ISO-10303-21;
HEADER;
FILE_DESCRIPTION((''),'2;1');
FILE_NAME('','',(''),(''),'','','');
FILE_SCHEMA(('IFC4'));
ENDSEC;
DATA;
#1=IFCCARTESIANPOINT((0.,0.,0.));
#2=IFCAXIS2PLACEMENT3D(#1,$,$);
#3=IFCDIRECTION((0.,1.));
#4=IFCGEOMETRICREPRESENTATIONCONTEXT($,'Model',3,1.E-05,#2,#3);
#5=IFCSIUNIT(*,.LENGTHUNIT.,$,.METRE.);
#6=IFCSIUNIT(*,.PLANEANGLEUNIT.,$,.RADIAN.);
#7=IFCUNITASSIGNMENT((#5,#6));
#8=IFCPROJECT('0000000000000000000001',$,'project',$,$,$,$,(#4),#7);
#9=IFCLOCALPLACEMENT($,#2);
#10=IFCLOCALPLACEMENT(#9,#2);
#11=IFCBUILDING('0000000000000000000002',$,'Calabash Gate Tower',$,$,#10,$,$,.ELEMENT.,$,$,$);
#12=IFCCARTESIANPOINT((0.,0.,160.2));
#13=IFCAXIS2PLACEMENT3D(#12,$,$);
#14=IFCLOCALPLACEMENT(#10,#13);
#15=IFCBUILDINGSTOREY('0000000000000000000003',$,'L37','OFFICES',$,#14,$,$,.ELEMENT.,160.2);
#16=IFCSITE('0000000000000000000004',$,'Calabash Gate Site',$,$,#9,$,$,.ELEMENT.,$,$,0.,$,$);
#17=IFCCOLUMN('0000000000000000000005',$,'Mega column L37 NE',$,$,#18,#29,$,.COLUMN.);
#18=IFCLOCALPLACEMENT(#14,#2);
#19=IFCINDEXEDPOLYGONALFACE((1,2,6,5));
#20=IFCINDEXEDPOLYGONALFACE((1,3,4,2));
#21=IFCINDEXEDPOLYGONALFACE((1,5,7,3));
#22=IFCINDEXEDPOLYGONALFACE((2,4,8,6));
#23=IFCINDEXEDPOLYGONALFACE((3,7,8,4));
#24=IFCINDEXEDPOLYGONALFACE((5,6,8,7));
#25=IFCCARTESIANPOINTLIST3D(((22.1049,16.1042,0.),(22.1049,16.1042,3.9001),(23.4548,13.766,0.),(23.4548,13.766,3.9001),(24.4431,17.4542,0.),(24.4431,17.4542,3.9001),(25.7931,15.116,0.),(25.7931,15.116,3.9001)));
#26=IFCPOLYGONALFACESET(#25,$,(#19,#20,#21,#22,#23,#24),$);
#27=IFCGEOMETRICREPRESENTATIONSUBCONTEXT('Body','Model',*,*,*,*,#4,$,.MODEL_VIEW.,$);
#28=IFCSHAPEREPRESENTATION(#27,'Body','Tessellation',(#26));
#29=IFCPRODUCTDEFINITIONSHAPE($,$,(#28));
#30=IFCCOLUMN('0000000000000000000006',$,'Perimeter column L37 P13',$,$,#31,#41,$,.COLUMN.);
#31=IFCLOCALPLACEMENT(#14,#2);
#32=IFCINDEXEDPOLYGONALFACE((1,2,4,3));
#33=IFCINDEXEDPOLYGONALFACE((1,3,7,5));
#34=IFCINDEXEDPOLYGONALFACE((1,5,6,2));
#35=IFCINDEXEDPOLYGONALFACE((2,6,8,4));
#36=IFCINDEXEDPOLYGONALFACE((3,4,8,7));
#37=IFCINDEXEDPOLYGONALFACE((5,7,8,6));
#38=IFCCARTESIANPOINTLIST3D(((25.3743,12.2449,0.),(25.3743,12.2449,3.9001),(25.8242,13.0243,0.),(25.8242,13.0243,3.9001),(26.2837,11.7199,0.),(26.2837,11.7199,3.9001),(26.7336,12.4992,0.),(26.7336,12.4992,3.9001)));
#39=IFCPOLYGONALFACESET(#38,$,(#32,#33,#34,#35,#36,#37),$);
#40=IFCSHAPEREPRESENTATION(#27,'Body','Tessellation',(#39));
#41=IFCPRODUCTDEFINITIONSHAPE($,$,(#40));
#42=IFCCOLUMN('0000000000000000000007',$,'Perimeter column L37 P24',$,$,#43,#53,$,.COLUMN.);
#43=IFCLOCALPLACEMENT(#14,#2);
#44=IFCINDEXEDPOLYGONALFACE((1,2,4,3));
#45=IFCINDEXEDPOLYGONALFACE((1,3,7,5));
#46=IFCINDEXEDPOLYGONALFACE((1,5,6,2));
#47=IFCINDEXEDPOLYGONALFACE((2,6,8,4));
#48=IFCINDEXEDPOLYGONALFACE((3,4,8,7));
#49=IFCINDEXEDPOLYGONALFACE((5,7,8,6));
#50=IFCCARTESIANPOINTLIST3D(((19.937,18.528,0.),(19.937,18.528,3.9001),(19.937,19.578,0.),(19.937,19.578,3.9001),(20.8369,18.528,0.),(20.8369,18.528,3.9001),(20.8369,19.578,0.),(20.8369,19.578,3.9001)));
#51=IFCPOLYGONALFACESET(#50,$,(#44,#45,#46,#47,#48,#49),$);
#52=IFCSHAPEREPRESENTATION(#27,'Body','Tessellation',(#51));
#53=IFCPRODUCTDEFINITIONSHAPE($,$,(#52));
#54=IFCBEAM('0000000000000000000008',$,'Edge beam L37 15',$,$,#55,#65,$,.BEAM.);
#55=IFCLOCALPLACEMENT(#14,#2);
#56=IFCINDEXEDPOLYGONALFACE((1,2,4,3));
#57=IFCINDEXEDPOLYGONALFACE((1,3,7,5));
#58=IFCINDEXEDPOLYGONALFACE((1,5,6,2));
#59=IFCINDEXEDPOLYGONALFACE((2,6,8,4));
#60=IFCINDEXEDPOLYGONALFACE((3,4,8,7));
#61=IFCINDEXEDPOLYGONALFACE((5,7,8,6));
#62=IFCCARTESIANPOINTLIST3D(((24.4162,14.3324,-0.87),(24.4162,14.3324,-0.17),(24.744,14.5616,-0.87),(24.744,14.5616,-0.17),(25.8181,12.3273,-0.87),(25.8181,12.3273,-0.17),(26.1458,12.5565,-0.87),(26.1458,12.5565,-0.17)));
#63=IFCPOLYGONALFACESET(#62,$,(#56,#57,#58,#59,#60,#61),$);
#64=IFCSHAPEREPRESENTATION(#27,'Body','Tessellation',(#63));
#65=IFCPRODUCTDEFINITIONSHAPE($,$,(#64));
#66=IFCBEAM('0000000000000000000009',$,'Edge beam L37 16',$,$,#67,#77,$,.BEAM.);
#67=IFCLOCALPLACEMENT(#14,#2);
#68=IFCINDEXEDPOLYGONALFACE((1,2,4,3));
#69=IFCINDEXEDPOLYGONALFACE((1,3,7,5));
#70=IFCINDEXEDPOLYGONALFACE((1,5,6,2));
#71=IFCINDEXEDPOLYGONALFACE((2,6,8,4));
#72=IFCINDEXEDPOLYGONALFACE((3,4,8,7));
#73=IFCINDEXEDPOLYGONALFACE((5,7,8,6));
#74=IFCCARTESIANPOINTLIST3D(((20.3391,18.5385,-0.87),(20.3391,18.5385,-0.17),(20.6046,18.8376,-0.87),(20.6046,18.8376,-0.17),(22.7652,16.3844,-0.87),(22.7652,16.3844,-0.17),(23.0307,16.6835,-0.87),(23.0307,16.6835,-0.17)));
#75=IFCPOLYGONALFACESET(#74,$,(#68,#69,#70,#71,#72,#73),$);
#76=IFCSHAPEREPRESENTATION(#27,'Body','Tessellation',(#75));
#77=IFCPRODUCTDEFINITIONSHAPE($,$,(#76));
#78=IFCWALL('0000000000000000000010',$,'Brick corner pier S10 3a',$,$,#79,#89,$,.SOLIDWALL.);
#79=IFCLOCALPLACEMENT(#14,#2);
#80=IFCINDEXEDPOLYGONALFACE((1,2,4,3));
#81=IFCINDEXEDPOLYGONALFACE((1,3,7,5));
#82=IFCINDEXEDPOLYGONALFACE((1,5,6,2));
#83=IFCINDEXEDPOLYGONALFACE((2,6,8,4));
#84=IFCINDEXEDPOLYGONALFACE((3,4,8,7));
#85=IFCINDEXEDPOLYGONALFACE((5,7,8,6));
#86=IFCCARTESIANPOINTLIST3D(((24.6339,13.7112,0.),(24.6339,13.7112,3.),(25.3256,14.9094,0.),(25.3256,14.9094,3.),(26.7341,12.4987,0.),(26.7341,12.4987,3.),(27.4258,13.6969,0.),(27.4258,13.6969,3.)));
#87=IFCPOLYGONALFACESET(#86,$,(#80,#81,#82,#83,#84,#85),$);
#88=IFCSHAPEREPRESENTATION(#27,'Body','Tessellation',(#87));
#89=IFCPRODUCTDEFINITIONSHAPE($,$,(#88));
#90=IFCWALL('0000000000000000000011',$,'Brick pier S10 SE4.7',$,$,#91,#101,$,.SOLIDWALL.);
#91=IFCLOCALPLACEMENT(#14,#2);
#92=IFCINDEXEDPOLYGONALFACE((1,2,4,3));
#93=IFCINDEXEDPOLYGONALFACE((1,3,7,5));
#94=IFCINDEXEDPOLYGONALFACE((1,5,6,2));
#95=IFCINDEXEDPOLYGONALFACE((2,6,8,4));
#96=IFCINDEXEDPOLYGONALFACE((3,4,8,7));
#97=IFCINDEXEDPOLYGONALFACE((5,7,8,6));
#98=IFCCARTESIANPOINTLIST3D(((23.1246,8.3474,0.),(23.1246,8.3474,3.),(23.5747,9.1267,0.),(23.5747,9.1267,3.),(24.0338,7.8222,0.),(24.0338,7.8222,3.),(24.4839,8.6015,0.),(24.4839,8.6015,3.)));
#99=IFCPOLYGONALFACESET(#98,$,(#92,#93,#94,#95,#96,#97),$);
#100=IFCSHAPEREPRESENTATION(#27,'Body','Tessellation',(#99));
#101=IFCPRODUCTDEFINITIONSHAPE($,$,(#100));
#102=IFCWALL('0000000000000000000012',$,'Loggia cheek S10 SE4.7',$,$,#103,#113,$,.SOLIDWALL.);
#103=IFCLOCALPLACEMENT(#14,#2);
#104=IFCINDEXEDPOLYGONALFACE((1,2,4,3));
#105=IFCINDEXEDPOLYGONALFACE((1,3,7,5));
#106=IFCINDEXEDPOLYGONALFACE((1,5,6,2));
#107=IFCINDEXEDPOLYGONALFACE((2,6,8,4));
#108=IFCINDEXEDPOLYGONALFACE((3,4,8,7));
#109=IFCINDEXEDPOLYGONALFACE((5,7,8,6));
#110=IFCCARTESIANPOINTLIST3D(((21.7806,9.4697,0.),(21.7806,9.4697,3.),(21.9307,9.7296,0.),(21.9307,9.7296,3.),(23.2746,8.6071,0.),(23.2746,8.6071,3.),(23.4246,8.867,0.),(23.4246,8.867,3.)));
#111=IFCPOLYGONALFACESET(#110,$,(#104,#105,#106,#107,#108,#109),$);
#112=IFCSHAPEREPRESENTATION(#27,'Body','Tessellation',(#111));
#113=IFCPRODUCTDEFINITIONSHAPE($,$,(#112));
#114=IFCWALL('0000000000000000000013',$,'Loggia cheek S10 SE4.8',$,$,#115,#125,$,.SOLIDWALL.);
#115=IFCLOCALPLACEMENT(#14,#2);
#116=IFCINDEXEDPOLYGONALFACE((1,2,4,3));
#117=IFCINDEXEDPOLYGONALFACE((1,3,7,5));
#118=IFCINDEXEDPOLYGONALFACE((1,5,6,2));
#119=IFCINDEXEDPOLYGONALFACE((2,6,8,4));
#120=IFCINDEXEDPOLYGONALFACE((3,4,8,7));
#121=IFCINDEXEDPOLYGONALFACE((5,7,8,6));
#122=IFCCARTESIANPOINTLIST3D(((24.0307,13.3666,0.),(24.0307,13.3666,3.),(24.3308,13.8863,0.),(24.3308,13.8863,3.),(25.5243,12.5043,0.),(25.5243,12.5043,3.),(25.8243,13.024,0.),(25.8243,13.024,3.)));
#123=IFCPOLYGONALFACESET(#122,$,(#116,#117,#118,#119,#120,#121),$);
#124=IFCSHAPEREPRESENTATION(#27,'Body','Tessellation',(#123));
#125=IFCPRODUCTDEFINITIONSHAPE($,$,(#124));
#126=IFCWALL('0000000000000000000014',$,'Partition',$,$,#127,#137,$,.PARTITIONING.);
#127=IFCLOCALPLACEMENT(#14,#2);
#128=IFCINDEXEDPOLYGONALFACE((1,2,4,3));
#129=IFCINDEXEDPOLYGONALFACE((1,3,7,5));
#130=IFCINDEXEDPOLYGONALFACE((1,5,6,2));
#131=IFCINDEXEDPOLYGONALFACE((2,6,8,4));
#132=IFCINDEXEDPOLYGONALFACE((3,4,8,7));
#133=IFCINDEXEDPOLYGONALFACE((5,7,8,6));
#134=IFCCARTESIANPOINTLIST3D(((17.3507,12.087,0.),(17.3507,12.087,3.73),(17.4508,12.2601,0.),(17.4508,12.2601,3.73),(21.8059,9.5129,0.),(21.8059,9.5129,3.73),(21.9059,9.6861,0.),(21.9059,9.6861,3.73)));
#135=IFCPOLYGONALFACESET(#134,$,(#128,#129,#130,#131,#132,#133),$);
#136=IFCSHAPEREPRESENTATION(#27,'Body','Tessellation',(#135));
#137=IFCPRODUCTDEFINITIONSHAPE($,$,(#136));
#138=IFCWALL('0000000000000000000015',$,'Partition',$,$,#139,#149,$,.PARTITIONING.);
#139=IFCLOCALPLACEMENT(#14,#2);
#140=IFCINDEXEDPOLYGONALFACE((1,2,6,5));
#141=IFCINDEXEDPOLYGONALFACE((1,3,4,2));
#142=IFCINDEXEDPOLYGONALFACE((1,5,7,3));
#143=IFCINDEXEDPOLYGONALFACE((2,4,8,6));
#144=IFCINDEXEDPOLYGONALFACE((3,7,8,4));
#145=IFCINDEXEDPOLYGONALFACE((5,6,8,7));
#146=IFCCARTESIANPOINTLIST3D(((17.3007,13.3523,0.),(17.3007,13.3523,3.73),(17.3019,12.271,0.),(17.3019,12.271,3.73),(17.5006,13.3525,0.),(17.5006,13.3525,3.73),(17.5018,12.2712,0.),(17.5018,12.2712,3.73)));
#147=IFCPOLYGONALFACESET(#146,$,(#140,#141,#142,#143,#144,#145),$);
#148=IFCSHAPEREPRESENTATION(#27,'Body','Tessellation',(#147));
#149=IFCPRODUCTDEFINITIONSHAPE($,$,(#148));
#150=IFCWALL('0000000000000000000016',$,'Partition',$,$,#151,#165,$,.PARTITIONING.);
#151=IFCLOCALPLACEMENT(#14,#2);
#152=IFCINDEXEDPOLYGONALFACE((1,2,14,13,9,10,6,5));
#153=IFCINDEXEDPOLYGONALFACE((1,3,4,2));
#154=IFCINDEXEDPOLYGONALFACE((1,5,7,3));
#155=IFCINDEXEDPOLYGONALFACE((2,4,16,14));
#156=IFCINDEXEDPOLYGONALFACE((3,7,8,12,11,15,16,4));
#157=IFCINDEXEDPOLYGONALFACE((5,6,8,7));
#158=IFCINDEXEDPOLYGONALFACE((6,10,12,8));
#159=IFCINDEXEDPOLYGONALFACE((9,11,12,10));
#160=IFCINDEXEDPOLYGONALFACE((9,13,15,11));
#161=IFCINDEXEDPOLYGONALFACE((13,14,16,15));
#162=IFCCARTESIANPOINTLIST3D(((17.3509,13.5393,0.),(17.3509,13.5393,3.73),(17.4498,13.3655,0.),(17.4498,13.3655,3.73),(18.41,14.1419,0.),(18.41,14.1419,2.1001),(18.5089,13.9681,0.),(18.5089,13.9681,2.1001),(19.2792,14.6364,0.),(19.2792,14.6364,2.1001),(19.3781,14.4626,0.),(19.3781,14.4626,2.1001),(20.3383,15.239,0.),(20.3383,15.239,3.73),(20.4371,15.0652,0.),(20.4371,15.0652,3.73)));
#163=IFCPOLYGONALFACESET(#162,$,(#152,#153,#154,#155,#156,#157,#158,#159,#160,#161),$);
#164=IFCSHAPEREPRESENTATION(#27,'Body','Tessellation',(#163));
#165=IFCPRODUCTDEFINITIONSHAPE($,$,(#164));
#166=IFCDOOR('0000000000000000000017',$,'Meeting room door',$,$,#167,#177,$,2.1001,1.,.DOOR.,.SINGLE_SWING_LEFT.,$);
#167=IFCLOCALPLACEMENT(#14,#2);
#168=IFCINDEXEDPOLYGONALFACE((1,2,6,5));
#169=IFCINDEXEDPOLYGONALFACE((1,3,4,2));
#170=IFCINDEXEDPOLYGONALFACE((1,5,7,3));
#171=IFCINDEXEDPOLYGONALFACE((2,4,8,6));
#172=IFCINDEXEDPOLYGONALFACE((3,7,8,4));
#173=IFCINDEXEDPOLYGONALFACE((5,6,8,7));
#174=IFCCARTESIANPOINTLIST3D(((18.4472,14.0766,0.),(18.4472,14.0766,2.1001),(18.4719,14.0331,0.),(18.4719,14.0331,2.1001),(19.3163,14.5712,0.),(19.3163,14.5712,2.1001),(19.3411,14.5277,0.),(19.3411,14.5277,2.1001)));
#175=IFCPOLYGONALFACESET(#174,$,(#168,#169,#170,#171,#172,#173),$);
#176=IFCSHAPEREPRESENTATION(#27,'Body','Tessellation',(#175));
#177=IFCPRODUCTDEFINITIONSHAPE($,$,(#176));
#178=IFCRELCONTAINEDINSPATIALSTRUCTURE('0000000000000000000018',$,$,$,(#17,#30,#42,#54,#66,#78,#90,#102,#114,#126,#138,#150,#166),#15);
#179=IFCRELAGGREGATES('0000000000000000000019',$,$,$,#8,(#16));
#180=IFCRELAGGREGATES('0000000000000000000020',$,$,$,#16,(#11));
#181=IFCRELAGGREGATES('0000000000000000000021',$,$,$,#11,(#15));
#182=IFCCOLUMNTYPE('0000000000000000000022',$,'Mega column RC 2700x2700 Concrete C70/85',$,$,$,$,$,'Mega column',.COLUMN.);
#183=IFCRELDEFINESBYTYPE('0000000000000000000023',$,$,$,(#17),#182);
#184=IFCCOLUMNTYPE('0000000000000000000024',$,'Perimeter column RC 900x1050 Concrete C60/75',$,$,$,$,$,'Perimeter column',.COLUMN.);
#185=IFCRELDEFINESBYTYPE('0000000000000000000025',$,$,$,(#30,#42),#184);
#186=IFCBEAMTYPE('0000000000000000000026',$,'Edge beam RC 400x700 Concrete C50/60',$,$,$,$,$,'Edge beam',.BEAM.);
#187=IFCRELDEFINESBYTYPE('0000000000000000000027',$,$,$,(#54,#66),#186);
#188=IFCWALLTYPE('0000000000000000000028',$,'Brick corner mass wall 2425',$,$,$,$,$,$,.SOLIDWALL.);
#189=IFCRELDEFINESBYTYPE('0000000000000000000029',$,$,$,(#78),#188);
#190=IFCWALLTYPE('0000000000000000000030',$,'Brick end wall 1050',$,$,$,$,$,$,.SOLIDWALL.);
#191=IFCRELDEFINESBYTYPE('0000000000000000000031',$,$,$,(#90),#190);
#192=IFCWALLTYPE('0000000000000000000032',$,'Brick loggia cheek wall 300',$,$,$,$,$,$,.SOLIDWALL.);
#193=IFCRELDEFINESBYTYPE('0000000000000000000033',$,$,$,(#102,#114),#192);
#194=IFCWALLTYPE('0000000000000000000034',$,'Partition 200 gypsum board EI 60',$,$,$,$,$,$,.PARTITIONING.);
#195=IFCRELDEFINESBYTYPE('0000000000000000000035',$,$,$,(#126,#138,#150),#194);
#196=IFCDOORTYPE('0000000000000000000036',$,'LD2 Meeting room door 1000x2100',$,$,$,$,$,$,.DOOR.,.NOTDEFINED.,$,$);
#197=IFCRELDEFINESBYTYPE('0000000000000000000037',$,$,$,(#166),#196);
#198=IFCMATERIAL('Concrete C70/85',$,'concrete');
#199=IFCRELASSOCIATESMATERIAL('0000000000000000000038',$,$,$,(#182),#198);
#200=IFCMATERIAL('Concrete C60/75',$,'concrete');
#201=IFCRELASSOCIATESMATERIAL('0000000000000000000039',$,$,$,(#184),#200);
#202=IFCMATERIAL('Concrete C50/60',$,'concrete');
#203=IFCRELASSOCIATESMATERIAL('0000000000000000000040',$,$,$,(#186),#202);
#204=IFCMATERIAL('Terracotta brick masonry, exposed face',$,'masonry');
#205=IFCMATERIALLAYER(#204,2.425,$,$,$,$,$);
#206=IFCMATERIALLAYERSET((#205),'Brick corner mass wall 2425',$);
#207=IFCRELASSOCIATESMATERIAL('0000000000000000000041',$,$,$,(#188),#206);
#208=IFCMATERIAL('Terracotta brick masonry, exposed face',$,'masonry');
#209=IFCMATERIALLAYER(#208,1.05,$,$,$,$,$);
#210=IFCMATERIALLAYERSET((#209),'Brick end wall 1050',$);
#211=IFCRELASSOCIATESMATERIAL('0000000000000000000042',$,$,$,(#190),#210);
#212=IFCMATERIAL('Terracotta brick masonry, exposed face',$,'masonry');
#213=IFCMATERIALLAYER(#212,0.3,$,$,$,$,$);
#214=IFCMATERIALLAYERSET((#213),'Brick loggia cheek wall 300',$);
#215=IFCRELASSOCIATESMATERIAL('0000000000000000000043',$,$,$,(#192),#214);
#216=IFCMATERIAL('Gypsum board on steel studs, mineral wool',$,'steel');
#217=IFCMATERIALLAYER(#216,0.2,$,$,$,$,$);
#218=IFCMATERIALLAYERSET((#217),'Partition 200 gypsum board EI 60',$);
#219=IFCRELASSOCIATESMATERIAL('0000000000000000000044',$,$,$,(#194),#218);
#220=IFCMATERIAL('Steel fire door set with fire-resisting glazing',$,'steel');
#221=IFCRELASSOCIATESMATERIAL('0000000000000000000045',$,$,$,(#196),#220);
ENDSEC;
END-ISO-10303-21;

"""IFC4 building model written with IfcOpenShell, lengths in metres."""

from ifc_helpers import new_model, si_unit, direction, frame, frame_2d, origin, origin_2d, place, context, subcontext, project, spatial, rectangle, extrude, material, layer, layer_set, material_profile, profile_set, type_object, element, fill, save


model = new_model("IFC4")

# Units and contexts
model_context = context("Model", 3, precision=1e-05, world=origin(), true_north=direction((0.0, 1.0)))
body_context = subcontext(model_context, "Body", "Model", "MODEL_VIEW")
ifc_project = project(units=[si_unit("LENGTHUNIT", "METRE"), si_unit("PLANEANGLEUNIT", "RADIAN")], contexts=[model_context])

# Site, building, storey
site_placement = place(None, origin())
site = spatial("IfcSite", under=ifc_project, at=site_placement, Name="Calabash Gate Site", CompositionType="ELEMENT", RefElevation=0.0)
building_placement = place(site_placement, origin())
building = spatial("IfcBuilding", under=site, at=building_placement, Name="Calabash Gate Tower", CompositionType="ELEMENT")
storey_placement = place(building_placement, frame((0.0, 0.0, 160.2)))
storey = spatial("IfcBuildingStorey", under=building, at=storey_placement, Name="L37", Description="OFFICES", CompositionType="ELEMENT", Elevation=160.2)

# Columns
ifc_material_1 = material(Name="Concrete C70/85", Category="concrete")
ifc_material_profile_1 = material_profile(ifc_material_1, rectangle(XDim=2.7, YDim=2.7, at=origin_2d()))
ifc_profile_set_1 = profile_set([ifc_material_profile_1], Name="Concrete C70/85")
column_type_1 = type_object("IfcColumnType", Name="Mega column RC 2700x2700 Concrete C70/85", ElementType="Mega column", PredefinedType="COLUMN", material=ifc_profile_set_1)
column_placement = place(storey_placement, frame((23.949, 15.6101, 0.0), z_axis=(0.0, 0.0, 1.0), x_axis=(-0.866025, -0.5, 0.0)))
element("IfcColumn", 1, at=column_placement, inside=storey, type_object=column_type_1, Name="Mega column L37 NE", PredefinedType="COLUMN", context=body_context, shape_type="SweptSolid", body=[
    extrude(rectangle(XDim=2.7, YDim=2.7, at=origin_2d()), origin(), (0.0, 0.0, 1.0), 3.9001),
])
ifc_material_2 = material(Name="Concrete C60/75", Category="concrete")
ifc_material_profile_2 = material_profile(ifc_material_2, rectangle(XDim=0.8999, YDim=1.05, at=origin_2d()))
ifc_profile_set_2 = profile_set([ifc_material_profile_2], Name="Concrete C60/75")
column_type_2 = type_object("IfcColumnType", Name="Perimeter column RC 900x1050 Concrete C60/75", ElementType="Perimeter column", PredefinedType="COLUMN", material=ifc_profile_set_2)
for number, where, z_axis, x_axis, name in (
    (2, (26.054, 12.3721, 0.0), (0.0, 0.0, 1.0), (0.5, 0.866025, 0.0), "Perimeter column L37 P13"),
    (3, (20.387, 19.053, 0.0), (0.0, 0.0, 1.0), (-1.0, 0.0, 0.0), "Perimeter column L37 P24"),
):
    element("IfcColumn", number, at=place(storey_placement, frame(where, z_axis=z_axis, x_axis=x_axis)), inside=storey, type_object=column_type_2, Name=name, PredefinedType="COLUMN", context=body_context, shape_type="SweptSolid", body=[
        extrude(rectangle(XDim=0.8999, YDim=1.05, at=origin_2d()), origin(), (0.0, 0.0, 1.0), 3.9001),
    ])

# Beams
ifc_material_3 = material(Name="Concrete C50/60", Category="concrete")
ifc_material_profile_3 = material_profile(ifc_material_3, rectangle(XDim=0.3999, YDim=0.7, at=origin_2d()))
ifc_profile_set_3 = profile_set([ifc_material_profile_3], Name="Concrete C50/60")
beam_type = type_object("IfcBeamType", Name="Edge beam RC 400x700 Concrete C50/60", ElementType="Edge beam", PredefinedType="BEAM", material=ifc_profile_set_3)
beam_1_placement = place(storey_placement, frame((25.9819, 12.4419, -0.52), z_axis=(-0.572987, 0.819565, 0.0), x_axis=(-0.819565, -0.572987, 0.0)))
element("IfcBeam", 4, at=beam_1_placement, inside=storey, type_object=beam_type, Name="Edge beam L37 15", PredefinedType="BEAM", context=body_context, shape_type="SweptSolid", body=[
    extrude(rectangle(XDim=0.3999, YDim=0.7, at=origin_2d()), origin(), (0.0, 0.0, 1.0), 2.4465),
])
beam_2_placement = place(storey_placement, frame((22.8979, 16.5339, -0.52), z_axis=(-0.747779, 0.663948, 0.0), x_axis=(-0.663948, -0.747779, 0.0)))
element("IfcBeam", 5, at=beam_2_placement, inside=storey, type_object=beam_type, Name="Edge beam L37 16", PredefinedType="BEAM", context=body_context, shape_type="SweptSolid", body=[
    extrude(rectangle(XDim=0.3999, YDim=0.7, at=origin_2d()), origin(), (0.0, 0.0, 1.0), 3.2444),
])

# Walls
ifc_material_4 = material(Name="Terracotta brick masonry, exposed face", Category="masonry")
ifc_layer_1 = layer(ifc_material_4, 2.425)
ifc_layer_set_1 = layer_set([ifc_layer_1], Name="Brick corner mass wall 2425")
wall_type_1 = type_object("IfcWallType", Name="Brick corner mass wall 2425", PredefinedType="SOLIDWALL", material=ifc_layer_set_1)
wall_1_placement = place(storey_placement, frame((27.0798, 13.0979, 0.0), z_axis=(0.0, 0.0, 1.0), x_axis=(-0.866041, 0.499972, 0.0)))
element("IfcWall", 6, at=wall_1_placement, inside=storey, type_object=wall_type_1, Name="Brick corner pier S10 3a", PredefinedType="SOLIDWALL", context=body_context, shape_type="SweptSolid", body=[
    extrude(rectangle(XDim=2.425, YDim=1.3835, at=frame_2d((1.2124, 0.0))), origin(), (0.0, 0.0, 1.0), 3.0),
])
ifc_material_5 = material(Name="Terracotta brick masonry, exposed face", Category="masonry")
ifc_layer_2 = layer(ifc_material_5, 1.05)
ifc_layer_set_2 = layer_set([ifc_layer_2], Name="Brick end wall 1050")
wall_type_2 = type_object("IfcWallType", Name="Brick end wall 1050", PredefinedType="SOLIDWALL", material=ifc_layer_set_2)
wall_2_placement = place(storey_placement, frame((24.2588, 8.2119, 0.0), z_axis=(0.0, 0.0, 1.0), x_axis=(-0.86593, 0.500165, 0.0)))
element("IfcWall", 7, at=wall_2_placement, inside=storey, type_object=wall_type_2, Name="Brick pier S10 SE4.7", PredefinedType="SOLIDWALL", context=body_context, shape_type="SweptSolid", body=[
    extrude(rectangle(XDim=1.05, YDim=0.8999, at=frame_2d((0.5249, 0.0))), origin(), (0.0, 0.0, 1.0), 3.0),
])
ifc_material_6 = material(Name="Terracotta brick masonry, exposed face", Category="masonry")
ifc_layer_3 = layer(ifc_material_6, 0.3)
ifc_layer_set_3 = layer_set([ifc_layer_3], Name="Brick loggia cheek wall 300")
wall_type_3 = type_object("IfcWallType", Name="Brick loggia cheek wall 300", PredefinedType="SOLIDWALL", material=ifc_layer_set_3)
wall_3_placement = place(storey_placement, frame((23.3496, 8.7371, 0.0), z_axis=(0.0, 0.0, 1.0), x_axis=(-0.866014, 0.500021, 0.0)))
element("IfcWall", 8, at=wall_3_placement, inside=storey, type_object=wall_type_3, Name="Loggia cheek S10 SE4.7", PredefinedType="SOLIDWALL", context=body_context, shape_type="SweptSolid", body=[
    extrude(rectangle(XDim=1.7251, YDim=0.3, at=frame_2d((0.8625, 0.0))), origin(), (0.0, 0.0, 1.0), 3.0),
])
wall_4_placement = place(storey_placement, frame((25.6743, 12.7642, 0.0), z_axis=(0.0, 0.0, 1.0), x_axis=(-0.866039, 0.499976, 0.0)))
element("IfcWall", 9, at=wall_4_placement, inside=storey, type_object=wall_type_3, Name="Loggia cheek S10 SE4.8", PredefinedType="SOLIDWALL", context=body_context, shape_type="SweptSolid", body=[
    extrude(rectangle(XDim=1.7246, YDim=0.6001, at=frame_2d((0.8623, 0.0))), origin(), (0.0, 0.0, 1.0), 3.0),
])
ifc_material_7 = material(Name="Gypsum board on steel studs, mineral wool", Category="steel")
ifc_layer_4 = layer(ifc_material_7, 0.2)
ifc_layer_set_4 = layer_set([ifc_layer_4], Name="Partition 200 gypsum board EI 60")
wall_type_4 = type_object("IfcWallType", Name="Partition 200 gypsum board EI 60", PredefinedType="PARTITIONING", material=ifc_layer_set_4)
wall_5_placement = place(storey_placement, frame((17.4006, 12.1736, 0.0), z_axis=(0.0, 0.0, 1.0), x_axis=(0.865871, -0.500267, 0.0)))
element("IfcWall", 10, at=wall_5_placement, inside=storey, type_object=wall_type_4, Name="Partition", PredefinedType="PARTITIONING", context=body_context, shape_type="SweptSolid", body=[
    extrude(rectangle(XDim=5.1453, YDim=0.2, at=frame_2d((2.5728, 0.0))), origin(), (0.0, 0.0, 1.0), 3.73),
])
wall_6_placement = place(storey_placement, frame((17.4006, 13.3523, 0.0), z_axis=(0.0, 0.0, 1.0), x_axis=(0.001129, -0.999999, 0.0)))
element("IfcWall", 11, at=wall_6_placement, inside=storey, type_object=wall_type_4, Name="Partition", PredefinedType="PARTITIONING", context=body_context, shape_type="SweptSolid", body=[
    extrude(rectangle(XDim=1.0813, YDim=0.2, at=frame_2d((0.5405, 0.0))), origin(), (0.0, 0.0, 1.0), 3.73),
])

# Wall, opening, door
wall_7_placement = place(storey_placement, frame((17.4004, 13.4524, 0.0), z_axis=(0.0, 0.0, 1.0), x_axis=(0.86916, 0.494532, 0.0)))
wall_7 = element("IfcWall", 12, at=wall_7_placement, inside=storey, type_object=wall_type_4, Name="Partition", PredefinedType="PARTITIONING", context=body_context, shape_type="SweptSolid", body=[
    extrude(rectangle(XDim=3.437, YDim=0.2, at=frame_2d((1.7185, 0.0))), origin(), (0.0, 0.0, 1.0), 3.73),
])
opening_1_placement = place(wall_7_placement, frame((1.2185, 0.0, 0.0)))
opening_1 = element("IfcOpeningElement", 13, at=opening_1_placement, cuts=wall_7, PredefinedType="OPENING", context=body_context, shape_type="SweptSolid", body=[
    extrude(rectangle(XDim=1.0, YDim=2.1001, at=frame_2d((0.5, 1.05))), frame((0.0, 0.1099, 0.0), z_axis=(0.0, -1.0, 0.0), x_axis=(1.0, 0.0, 0.0)), (0.0, 0.0, 1.0), 0.22),
])
ifc_material_8 = material(Name="Steel fire door set with fire-resisting glazing", Category="steel")
door_type_1 = type_object("IfcDoorType", Name="LD2 Meeting room door 1000x2100", OperationType="NOTDEFINED", PredefinedType="DOOR", material=ifc_material_8)
door_1_placement = place(opening_1_placement, origin())
door_1 = element("IfcDoor", 14, at=door_1_placement, inside=storey, type_object=door_type_1, Name="Meeting room door", OperationType="SINGLE_SWING_LEFT", OverallHeight=2.1001, OverallWidth=1.0, PredefinedType="DOOR", context=body_context, shape_type="SweptSolid", body=[
    extrude(rectangle(XDim=1.0, YDim=2.1001, at=frame_2d((0.5, 1.05))), frame((0.0, 0.0249, 0.0), z_axis=(0.0, -1.0, 0.0), x_axis=(1.0, 0.0, 0.0)), (0.0, 0.0, 1.0), 0.05),
])
fill(opening_1, door_1)

save(model, "model.ifc")
